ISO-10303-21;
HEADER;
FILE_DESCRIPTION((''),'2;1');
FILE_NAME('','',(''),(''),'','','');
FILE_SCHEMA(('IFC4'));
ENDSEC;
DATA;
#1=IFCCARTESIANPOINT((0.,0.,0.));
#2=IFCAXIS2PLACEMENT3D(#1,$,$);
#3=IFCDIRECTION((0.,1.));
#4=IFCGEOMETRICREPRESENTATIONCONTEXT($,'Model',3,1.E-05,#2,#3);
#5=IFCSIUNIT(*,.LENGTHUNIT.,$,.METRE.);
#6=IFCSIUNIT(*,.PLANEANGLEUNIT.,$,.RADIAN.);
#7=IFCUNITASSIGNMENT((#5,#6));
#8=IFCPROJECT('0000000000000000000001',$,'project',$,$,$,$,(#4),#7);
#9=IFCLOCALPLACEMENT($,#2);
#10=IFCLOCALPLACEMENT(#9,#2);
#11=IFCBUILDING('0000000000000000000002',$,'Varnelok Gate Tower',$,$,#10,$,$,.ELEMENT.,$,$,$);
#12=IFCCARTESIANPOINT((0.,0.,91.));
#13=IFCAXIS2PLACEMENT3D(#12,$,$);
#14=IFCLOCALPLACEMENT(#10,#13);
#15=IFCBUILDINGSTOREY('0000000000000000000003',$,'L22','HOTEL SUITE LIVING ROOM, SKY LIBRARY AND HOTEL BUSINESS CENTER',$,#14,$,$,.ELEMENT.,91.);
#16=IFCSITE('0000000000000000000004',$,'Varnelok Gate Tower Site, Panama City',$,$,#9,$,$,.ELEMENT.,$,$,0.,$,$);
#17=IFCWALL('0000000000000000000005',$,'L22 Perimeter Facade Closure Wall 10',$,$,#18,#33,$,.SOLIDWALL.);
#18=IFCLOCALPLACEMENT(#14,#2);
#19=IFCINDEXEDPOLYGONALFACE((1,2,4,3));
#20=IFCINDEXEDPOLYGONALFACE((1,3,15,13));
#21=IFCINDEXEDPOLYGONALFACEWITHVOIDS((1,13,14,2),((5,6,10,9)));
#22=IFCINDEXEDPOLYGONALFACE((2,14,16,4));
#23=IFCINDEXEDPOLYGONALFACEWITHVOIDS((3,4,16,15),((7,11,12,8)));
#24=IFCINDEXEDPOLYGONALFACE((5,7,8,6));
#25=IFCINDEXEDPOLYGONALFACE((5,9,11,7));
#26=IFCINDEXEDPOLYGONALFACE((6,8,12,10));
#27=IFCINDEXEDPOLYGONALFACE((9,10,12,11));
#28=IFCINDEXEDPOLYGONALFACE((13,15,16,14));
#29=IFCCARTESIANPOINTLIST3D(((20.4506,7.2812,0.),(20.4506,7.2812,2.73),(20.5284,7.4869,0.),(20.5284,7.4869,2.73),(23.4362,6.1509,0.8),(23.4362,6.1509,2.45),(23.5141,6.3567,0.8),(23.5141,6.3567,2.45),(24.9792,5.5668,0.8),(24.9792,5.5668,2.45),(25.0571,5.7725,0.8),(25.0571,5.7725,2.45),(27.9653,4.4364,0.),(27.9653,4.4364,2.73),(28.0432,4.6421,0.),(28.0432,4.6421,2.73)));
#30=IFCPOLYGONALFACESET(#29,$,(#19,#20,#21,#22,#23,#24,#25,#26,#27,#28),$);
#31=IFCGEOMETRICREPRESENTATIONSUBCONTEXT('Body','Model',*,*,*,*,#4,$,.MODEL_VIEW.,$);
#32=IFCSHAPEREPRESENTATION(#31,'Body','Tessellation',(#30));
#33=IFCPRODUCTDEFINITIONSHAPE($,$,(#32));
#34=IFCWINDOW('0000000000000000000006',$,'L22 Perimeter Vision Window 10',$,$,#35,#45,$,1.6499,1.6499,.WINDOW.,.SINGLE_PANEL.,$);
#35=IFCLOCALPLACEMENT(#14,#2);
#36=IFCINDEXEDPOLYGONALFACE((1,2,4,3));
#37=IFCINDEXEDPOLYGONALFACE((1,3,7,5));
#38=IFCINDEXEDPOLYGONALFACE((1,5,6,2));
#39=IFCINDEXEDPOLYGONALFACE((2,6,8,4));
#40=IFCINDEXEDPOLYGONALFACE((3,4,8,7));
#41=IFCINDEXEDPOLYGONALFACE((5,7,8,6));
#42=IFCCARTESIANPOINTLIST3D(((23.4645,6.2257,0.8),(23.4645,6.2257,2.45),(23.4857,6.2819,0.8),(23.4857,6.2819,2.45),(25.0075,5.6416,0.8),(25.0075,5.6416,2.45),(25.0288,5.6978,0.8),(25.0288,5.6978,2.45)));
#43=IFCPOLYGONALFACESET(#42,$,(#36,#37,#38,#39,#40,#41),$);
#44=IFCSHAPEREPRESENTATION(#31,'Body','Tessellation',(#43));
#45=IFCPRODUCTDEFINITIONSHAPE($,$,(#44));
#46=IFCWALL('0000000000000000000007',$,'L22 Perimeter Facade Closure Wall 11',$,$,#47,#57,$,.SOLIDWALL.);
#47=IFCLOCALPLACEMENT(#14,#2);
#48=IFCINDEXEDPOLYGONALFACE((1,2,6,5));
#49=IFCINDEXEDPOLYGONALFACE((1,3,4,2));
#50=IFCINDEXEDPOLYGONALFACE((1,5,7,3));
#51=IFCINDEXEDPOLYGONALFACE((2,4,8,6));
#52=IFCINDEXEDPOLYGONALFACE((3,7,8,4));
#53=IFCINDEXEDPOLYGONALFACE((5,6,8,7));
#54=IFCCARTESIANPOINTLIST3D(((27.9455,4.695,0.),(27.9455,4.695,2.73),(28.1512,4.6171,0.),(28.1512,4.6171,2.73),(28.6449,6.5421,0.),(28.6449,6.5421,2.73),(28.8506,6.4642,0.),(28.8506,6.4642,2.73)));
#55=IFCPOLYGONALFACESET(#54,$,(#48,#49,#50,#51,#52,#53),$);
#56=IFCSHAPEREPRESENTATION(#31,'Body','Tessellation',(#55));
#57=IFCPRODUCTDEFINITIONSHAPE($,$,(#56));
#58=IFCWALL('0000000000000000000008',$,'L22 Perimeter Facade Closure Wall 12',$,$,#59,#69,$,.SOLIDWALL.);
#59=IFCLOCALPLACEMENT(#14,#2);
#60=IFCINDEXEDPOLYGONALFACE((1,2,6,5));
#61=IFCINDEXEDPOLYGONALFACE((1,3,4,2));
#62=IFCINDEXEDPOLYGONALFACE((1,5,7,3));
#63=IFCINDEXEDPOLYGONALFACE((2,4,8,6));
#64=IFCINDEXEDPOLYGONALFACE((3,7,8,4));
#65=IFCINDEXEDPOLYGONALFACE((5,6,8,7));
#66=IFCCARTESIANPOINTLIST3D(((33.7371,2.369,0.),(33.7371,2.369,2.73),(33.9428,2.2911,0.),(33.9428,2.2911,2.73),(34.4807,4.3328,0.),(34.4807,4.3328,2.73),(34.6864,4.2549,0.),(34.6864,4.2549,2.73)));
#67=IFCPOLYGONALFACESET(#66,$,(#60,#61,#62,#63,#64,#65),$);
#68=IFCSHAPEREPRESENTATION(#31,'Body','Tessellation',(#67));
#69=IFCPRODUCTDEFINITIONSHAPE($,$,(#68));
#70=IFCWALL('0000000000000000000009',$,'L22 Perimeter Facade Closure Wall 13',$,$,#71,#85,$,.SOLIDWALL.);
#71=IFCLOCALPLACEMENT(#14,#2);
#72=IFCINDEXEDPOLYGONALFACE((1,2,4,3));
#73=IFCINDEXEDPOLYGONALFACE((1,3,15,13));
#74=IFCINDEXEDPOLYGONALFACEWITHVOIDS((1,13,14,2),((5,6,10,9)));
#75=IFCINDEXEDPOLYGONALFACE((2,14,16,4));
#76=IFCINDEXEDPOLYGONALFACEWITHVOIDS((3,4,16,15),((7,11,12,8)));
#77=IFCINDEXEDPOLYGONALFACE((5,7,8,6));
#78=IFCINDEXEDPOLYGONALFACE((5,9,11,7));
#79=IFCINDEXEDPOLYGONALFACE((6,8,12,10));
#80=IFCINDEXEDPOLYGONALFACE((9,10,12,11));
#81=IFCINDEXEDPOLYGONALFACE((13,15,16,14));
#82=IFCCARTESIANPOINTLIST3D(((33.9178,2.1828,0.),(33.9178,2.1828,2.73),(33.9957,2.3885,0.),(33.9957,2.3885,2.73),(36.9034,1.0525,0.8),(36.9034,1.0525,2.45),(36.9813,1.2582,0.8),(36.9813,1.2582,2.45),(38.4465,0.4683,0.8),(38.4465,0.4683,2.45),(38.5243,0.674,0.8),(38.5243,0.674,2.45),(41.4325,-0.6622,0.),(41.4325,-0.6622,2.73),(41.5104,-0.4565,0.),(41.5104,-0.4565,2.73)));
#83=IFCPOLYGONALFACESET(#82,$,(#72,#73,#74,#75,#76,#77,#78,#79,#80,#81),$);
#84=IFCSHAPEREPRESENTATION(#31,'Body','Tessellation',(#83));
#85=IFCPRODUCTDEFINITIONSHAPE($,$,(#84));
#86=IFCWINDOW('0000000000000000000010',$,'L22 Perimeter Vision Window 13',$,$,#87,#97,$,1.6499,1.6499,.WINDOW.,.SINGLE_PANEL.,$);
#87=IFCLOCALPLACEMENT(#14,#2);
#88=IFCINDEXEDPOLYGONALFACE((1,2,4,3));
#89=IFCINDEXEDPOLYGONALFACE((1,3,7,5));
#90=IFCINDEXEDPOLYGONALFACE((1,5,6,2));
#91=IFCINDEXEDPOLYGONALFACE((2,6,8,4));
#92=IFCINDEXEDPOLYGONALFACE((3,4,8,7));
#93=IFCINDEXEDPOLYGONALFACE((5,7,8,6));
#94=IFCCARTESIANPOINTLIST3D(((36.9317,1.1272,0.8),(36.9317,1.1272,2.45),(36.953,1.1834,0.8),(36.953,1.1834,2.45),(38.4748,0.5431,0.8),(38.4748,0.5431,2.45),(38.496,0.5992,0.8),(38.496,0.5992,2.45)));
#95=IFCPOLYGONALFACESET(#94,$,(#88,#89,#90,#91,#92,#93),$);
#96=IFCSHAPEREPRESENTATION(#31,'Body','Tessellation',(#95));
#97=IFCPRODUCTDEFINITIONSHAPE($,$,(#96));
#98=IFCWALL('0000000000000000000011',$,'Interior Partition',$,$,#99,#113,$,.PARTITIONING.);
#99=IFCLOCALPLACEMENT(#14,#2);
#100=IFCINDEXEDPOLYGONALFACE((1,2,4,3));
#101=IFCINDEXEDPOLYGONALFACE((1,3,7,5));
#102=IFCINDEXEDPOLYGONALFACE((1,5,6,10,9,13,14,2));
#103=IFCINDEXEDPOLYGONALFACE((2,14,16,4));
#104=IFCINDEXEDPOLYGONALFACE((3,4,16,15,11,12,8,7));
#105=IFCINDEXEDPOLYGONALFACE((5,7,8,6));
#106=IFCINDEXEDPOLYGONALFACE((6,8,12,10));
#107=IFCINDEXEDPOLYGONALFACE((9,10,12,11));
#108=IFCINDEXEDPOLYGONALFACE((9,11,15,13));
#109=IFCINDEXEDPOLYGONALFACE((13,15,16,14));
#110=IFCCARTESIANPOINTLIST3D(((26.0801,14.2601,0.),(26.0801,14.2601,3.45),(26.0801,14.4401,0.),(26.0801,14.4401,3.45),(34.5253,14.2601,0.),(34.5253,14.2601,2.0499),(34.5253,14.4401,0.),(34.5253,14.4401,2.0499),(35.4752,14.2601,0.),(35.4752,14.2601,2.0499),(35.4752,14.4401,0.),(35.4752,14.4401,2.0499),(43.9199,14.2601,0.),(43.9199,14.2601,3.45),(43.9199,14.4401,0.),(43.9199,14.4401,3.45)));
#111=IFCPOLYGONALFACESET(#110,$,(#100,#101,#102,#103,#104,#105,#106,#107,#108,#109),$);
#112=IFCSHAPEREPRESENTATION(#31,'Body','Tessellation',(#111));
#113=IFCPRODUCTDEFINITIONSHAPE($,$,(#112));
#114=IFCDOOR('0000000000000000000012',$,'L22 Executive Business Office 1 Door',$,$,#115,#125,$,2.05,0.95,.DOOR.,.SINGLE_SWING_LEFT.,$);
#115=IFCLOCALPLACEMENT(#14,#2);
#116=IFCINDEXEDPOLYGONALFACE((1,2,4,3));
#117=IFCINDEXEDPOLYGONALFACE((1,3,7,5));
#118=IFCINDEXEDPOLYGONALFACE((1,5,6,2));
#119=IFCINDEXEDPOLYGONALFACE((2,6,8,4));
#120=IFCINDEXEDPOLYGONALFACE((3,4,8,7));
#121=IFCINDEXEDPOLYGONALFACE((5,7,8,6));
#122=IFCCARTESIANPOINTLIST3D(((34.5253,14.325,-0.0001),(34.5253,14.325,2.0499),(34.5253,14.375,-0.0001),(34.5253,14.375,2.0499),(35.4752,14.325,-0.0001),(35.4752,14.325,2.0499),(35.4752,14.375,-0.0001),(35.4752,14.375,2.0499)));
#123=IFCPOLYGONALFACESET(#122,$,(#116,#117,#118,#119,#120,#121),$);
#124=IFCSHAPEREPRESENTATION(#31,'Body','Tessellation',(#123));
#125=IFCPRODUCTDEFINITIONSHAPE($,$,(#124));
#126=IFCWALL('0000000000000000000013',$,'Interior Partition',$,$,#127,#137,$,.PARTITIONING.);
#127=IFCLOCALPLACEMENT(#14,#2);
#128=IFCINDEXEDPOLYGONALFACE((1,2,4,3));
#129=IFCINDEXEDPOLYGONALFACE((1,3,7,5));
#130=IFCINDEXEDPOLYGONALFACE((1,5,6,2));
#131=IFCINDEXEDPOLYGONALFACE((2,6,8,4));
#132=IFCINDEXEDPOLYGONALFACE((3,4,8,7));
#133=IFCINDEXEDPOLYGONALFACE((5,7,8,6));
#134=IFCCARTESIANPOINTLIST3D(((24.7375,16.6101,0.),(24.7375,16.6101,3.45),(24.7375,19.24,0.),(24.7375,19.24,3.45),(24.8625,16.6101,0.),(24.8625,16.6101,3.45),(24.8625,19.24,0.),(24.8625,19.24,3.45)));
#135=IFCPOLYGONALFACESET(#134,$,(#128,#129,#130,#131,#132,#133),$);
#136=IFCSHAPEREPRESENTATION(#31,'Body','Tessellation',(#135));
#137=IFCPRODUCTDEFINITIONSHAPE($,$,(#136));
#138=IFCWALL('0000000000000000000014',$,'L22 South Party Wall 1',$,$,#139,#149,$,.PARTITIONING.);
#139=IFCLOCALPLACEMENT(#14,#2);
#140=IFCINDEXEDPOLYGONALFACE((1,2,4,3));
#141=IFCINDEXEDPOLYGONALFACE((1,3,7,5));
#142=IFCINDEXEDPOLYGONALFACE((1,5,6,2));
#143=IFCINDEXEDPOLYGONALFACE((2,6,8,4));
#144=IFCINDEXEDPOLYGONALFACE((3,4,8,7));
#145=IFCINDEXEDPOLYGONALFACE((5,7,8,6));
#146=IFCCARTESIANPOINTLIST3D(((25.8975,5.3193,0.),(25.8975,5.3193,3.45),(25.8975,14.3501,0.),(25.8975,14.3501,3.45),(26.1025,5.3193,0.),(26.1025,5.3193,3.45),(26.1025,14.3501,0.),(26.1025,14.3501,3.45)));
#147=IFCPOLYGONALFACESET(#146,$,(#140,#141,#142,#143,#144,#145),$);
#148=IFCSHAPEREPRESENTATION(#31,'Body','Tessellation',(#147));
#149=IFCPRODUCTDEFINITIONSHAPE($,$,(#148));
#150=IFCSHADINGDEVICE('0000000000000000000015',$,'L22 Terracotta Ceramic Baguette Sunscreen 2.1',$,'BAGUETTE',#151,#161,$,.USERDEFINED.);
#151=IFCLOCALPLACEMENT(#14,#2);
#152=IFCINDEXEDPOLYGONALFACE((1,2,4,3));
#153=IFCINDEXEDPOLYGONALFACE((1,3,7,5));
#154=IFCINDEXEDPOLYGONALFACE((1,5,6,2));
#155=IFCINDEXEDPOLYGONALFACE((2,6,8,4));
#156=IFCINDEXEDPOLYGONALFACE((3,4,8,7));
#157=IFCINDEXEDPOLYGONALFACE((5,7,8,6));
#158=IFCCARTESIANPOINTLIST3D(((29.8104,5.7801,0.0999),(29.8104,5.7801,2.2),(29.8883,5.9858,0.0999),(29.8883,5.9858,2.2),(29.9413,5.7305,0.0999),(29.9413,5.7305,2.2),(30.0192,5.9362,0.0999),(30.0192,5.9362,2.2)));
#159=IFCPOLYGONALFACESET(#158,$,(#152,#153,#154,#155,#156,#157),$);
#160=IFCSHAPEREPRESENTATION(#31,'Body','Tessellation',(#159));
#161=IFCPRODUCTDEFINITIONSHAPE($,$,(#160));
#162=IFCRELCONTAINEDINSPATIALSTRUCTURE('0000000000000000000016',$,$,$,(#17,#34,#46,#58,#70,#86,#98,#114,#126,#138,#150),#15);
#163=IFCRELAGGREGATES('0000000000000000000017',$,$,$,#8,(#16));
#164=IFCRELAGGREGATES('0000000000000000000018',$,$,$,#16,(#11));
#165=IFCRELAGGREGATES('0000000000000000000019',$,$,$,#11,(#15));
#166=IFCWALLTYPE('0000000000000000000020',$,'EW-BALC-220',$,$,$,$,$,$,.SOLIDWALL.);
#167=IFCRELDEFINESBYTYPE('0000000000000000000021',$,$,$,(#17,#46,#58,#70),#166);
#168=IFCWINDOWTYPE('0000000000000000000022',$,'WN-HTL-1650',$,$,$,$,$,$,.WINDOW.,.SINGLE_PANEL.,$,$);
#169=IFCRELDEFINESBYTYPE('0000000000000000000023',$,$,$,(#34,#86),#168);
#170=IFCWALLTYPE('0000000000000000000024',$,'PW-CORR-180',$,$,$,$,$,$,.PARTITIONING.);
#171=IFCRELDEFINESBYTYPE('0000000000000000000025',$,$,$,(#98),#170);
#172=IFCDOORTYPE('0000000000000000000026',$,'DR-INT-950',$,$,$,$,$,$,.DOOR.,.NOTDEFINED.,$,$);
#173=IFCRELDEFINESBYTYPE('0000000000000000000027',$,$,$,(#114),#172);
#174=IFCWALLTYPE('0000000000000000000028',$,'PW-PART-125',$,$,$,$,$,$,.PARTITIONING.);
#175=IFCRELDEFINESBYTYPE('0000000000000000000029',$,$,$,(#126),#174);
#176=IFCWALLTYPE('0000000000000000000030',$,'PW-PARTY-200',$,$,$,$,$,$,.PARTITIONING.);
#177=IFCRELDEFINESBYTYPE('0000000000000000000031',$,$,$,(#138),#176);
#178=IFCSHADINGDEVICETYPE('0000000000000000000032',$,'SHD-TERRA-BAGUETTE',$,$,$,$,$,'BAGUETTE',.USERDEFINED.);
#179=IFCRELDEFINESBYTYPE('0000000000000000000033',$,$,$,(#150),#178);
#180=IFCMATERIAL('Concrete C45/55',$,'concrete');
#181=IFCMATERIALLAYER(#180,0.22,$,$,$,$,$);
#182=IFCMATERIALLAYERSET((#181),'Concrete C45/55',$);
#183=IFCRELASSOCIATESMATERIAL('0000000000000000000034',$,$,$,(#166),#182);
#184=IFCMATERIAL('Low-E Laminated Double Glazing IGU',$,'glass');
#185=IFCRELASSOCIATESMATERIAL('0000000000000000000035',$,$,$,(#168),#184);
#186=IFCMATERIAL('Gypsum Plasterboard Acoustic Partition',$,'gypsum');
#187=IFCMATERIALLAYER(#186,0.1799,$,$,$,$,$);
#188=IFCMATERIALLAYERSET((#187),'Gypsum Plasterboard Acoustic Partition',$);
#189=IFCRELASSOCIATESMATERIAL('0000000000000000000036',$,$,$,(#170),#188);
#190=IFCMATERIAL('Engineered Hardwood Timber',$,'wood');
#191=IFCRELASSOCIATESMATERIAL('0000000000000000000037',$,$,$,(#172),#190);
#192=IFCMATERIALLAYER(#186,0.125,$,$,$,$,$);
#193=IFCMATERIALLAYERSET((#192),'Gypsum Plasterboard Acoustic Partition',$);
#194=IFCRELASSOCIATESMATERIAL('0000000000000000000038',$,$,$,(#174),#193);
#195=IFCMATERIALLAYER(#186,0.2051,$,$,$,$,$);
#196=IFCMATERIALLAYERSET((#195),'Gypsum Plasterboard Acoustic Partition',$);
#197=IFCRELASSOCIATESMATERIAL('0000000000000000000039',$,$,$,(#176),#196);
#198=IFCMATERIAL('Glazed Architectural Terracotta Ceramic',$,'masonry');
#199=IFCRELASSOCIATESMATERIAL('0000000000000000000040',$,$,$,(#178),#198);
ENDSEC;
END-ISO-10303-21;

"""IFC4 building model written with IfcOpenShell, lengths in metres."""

from ifc_helpers import new_model, si_unit, direction, frame, frame_2d, origin, origin_2d, place, context, subcontext, project, spatial, rectangle, extrude, source, transform, mapped, material, layer, layer_set, type_object, element, fill, save


model = new_model("IFC4")

# Units and contexts
model_context = context("Model", 3, precision=1e-05, world=origin(), true_north=direction((0.0, 1.0)))
body_context = subcontext(model_context, "Body", "Model", "MODEL_VIEW")
ifc_project = project(units=[si_unit("LENGTHUNIT", "METRE"), si_unit("PLANEANGLEUNIT", "RADIAN")], contexts=[model_context])

# Site, building, storey
site_placement = place(None, origin())
site = spatial("IfcSite", under=ifc_project, at=site_placement, Name="Varnelok Gate Tower Site, Panama City", CompositionType="ELEMENT", RefElevation=0.0)
building_placement = place(site_placement, origin())
building = spatial("IfcBuilding", under=site, at=building_placement, Name="Varnelok Gate Tower", CompositionType="ELEMENT")
storey_placement = place(building_placement, frame((0.0, 0.0, 91.0)))
storey = spatial("IfcBuildingStorey", under=building, at=storey_placement, Name="L22", Description="HOTEL SUITE LIVING ROOM, SKY LIBRARY AND HOTEL BUSINESS CENTER", CompositionType="ELEMENT", Elevation=91.0)

# Shared definitions
ifc_material_1 = material(Name="Concrete C45/55", Category="concrete")
ifc_layer_1 = layer(ifc_material_1, 0.22)
ifc_layer_set_1 = layer_set([ifc_layer_1], Name="Concrete C45/55")
wall_type_1 = type_object("IfcWallType", Name="EW-BALC-220", PredefinedType="SOLIDWALL", material=ifc_layer_set_1)

# Wall, opening, window
wall_1_placement = place(storey_placement, frame((20.4895, 7.384, 0.0), z_axis=(0.0, 0.0, 1.0), x_axis=(0.935231, -0.354039, 0.0)))
wall_1 = element("IfcWall", 1, at=wall_1_placement, inside=storey, type_object=wall_type_1, Name="L22 Perimeter Facade Closure Wall 10", PredefinedType="SOLIDWALL", context=body_context, shape_type="SweptSolid", body=[
    extrude(rectangle(XDim=8.0352, YDim=0.22, at=frame_2d((4.0176, 0.0))), origin(), (0.0, 0.0, 1.0), 2.73),
])
opening_1_placement = place(wall_1_placement, frame((3.1924, 0.0, 0.8)))
opening_1 = element("IfcOpeningElement", 2, at=opening_1_placement, cuts=wall_1, PredefinedType="OPENING", context=body_context, shape_type="SweptSolid", body=[
    extrude(rectangle(XDim=1.6499, YDim=1.6499, at=frame_2d((0.825, 0.825))), frame((0.0, 0.1199, 0.0), z_axis=(0.0, -1.0, 0.0), x_axis=(1.0, 0.0, 0.0)), (0.0, 0.0, 1.0), 0.24),
])
ifc_material_2 = material(Name="Low-E Laminated Double Glazing IGU", Category="glass")
window_type = type_object("IfcWindowType", Name="WN-HTL-1650", PartitioningType="SINGLE_PANEL", PredefinedType="WINDOW", material=ifc_material_2)
window_1_placement = place(opening_1_placement, origin())
window_1 = element("IfcWindow", 3, at=window_1_placement, inside=storey, type_object=window_type, Name="L22 Perimeter Vision Window 10", OverallHeight=1.6499, OverallWidth=1.6499, PartitioningType="SINGLE_PANEL", PredefinedType="WINDOW", context=body_context, shape_type="SweptSolid", body=[
    extrude(rectangle(XDim=1.6499, YDim=1.6499, at=frame_2d((0.825, 0.825))), frame((0.0, 0.03, 0.0), z_axis=(0.0, -1.0, 0.0), x_axis=(1.0, 0.0, 0.0)), (0.0, 0.0, 1.0), 0.0601),
])
fill(opening_1, window_1)

# Walls
wall_2_placement = place(storey_placement, frame((28.0483, 4.656, 0.0), z_axis=(0.0, 0.0, 1.0), x_axis=(0.354129, 0.935197, 0.0)))
element("IfcWall", 4, at=wall_2_placement, inside=storey, type_object=wall_type_1, Name="L22 Perimeter Facade Closure Wall 11", PredefinedType="SOLIDWALL", context=body_context, shape_type="SweptSolid", body=[
    extrude(rectangle(XDim=1.9751, YDim=0.22, at=frame_2d((0.9875, 0.0))), origin(), (0.0, 0.0, 1.0), 2.73),
])
wall_3_placement = place(storey_placement, frame((34.5835, 4.2937, 0.0), z_axis=(0.0, 0.0, 1.0), x_axis=(-0.354128, -0.935197, 0.0)))
element("IfcWall", 5, at=wall_3_placement, inside=storey, type_object=wall_type_1, Name="L22 Perimeter Facade Closure Wall 12", PredefinedType="SOLIDWALL", context=body_context, shape_type="SweptSolid", body=[
    extrude(rectangle(XDim=2.0999, YDim=0.22, at=frame_2d((1.0498, 0.0))), origin(), (0.0, 0.0, 1.0), 2.73),
])

# Wall, opening, window
wall_4_placement = place(storey_placement, frame((33.9568, 2.2856, 0.0), z_axis=(0.0, 0.0, 1.0), x_axis=(0.935221, -0.354065, 0.0)))
wall_4 = element("IfcWall", 6, at=wall_4_placement, inside=storey, type_object=wall_type_1, Name="L22 Perimeter Facade Closure Wall 13", PredefinedType="SOLIDWALL", context=body_context, shape_type="SweptSolid", body=[
    extrude(rectangle(XDim=8.0352, YDim=0.22, at=frame_2d((4.0176, 0.0))), origin(), (0.0, 0.0, 1.0), 2.73),
])
opening_2_placement = place(wall_4_placement, frame((3.1924, 0.0, 0.8)))
opening_2 = element("IfcOpeningElement", 7, at=opening_2_placement, cuts=wall_4, PredefinedType="OPENING", context=body_context, shape_type="SweptSolid", body=[
    extrude(rectangle(XDim=1.6499, YDim=1.6499, at=frame_2d((0.825, 0.825))), frame((0.0, 0.1199, 0.0), z_axis=(0.0, -1.0, 0.0), x_axis=(1.0, 0.0, 0.0)), (0.0, 0.0, 1.0), 0.24),
])
window_2_placement = place(opening_2_placement, origin())
window_2 = element("IfcWindow", 8, at=window_2_placement, inside=storey, type_object=window_type, Name="L22 Perimeter Vision Window 13", OverallHeight=1.6499, OverallWidth=1.6499, PartitioningType="SINGLE_PANEL", PredefinedType="WINDOW", context=body_context, shape_type="SweptSolid", body=[
    extrude(rectangle(XDim=1.6499, YDim=1.6499, at=frame_2d((0.825, 0.825))), frame((0.0, 0.03, 0.0), z_axis=(0.0, -1.0, 0.0), x_axis=(1.0, 0.0, 0.0)), (0.0, 0.0, 1.0), 0.0601),
])
fill(opening_2, window_2)

# Wall, opening, door
ifc_material_3 = material(Name="Gypsum Plasterboard Acoustic Partition", Category="gypsum")
ifc_layer_2 = layer(ifc_material_3, 0.1799)
ifc_layer_set_2 = layer_set([ifc_layer_2], Name="Gypsum Plasterboard Acoustic Partition")
wall_type_2 = type_object("IfcWallType", Name="PW-CORR-180", PredefinedType="PARTITIONING", material=ifc_layer_set_2)
wall_5_placement = place(storey_placement, frame((26.0801, 14.3501, 0.0), z_axis=(0.0, 0.0, 1.0), x_axis=(1.0, 0.0, 0.0)))
wall_5 = element("IfcWall", 9, at=wall_5_placement, inside=storey, type_object=wall_type_2, Name="Interior Partition", PredefinedType="PARTITIONING", context=body_context, shape_type="SweptSolid", body=[
    extrude(rectangle(XDim=17.8398, YDim=0.1799, at=frame_2d((8.9199, 0.0))), origin(), (0.0, 0.0, 1.0), 3.45),
])
opening_3_placement = place(wall_5_placement, frame((8.4451, 0.0, 0.0)))
opening_3 = element("IfcOpeningElement", 10, at=opening_3_placement, cuts=wall_5, PredefinedType="OPENING", context=body_context, shape_type="SweptSolid", body=[
    extrude(rectangle(XDim=0.95, YDim=2.05, at=frame_2d((0.4751, 1.0249))), frame((0.0, 0.0999, 0.0), z_axis=(0.0, -1.0, 0.0), x_axis=(1.0, 0.0, 0.0)), (0.0, 0.0, 1.0), 0.2),
])
ifc_material_4 = material(Name="Engineered Hardwood Timber", Category="wood")
door_type_1 = type_object("IfcDoorType", Name="DR-INT-950", OperationType="NOTDEFINED", PredefinedType="DOOR", material=ifc_material_4)
door_1_placement = place(opening_3_placement, origin())
door_1 = element("IfcDoor", 11, at=door_1_placement, inside=storey, type_object=door_type_1, Name="L22 Executive Business Office 1 Door", OperationType="SINGLE_SWING_LEFT", OverallHeight=2.05, OverallWidth=0.95, PredefinedType="DOOR", context=body_context, shape_type="SweptSolid", body=[
    extrude(rectangle(XDim=0.95, YDim=2.05, at=frame_2d((0.4751, 1.0249))), frame((0.0, 0.0249, 0.0), z_axis=(0.0, -1.0, 0.0), x_axis=(1.0, 0.0, 0.0)), (0.0, 0.0, 1.0), 0.05),
])
fill(opening_3, door_1)

# Walls
ifc_layer_3 = layer(ifc_material_3, 0.125)
ifc_layer_set_3 = layer_set([ifc_layer_3], Name="Gypsum Plasterboard Acoustic Partition")
wall_type_3 = type_object("IfcWallType", Name="PW-PART-125", PredefinedType="PARTITIONING", material=ifc_layer_set_3)
wall_6_placement = place(storey_placement, frame((24.8, 16.6101, 0.0), z_axis=(0.0, 0.0, 1.0), x_axis=(0.0, 1.0, 0.0)))
element("IfcWall", 12, at=wall_6_placement, inside=storey, type_object=wall_type_3, Name="Interior Partition", PredefinedType="PARTITIONING", context=body_context, shape_type="SweptSolid", body=[
    extrude(rectangle(XDim=2.6299, YDim=0.125, at=frame_2d((1.3149, 0.0))), origin(), (0.0, 0.0, 1.0), 3.45),
])
ifc_layer_4 = layer(ifc_material_3, 0.2051)
ifc_layer_set_4 = layer_set([ifc_layer_4], Name="Gypsum Plasterboard Acoustic Partition")
wall_type_4 = type_object("IfcWallType", Name="PW-PARTY-200", PredefinedType="PARTITIONING", material=ifc_layer_set_4)
wall_7_placement = place(storey_placement, frame((26.0, 5.3193, 0.0), z_axis=(0.0, 0.0, 1.0), x_axis=(0.0, 1.0, 0.0)))
element("IfcWall", 13, at=wall_7_placement, inside=storey, type_object=wall_type_4, Name="L22 South Party Wall 1", PredefinedType="PARTITIONING", context=body_context, shape_type="SweptSolid", body=[
    extrude(rectangle(XDim=9.0308, YDim=0.2051, at=frame_2d((4.5154, 0.0))), origin(), (0.0, 0.0, 1.0), 3.45),
])

# Shading device
ifc_material_5 = material(Name="Glazed Architectural Terracotta Ceramic", Category="masonry")
shading_device_type = type_object("IfcShadingDeviceType", Name="SHD-TERRA-BAGUETTE", ElementType="BAGUETTE", PredefinedType="USERDEFINED", material=ifc_material_5)
shared_shape_1 = source(origin(), body_context, "Body", "SweptSolid", [
    extrude(rectangle(XDim=0.1399, YDim=0.22, at=origin_2d()), origin(), (0.0, 0.0, 1.0), 2.1001),
])
shading_device_placement = place(storey_placement, frame((29.9148, 5.8582, 0.0999), z_axis=(0.0, 0.0, 1.0), x_axis=(0.935222, -0.354063, 0.0)))
element("IfcShadingDevice", 14, at=shading_device_placement, inside=storey, type_object=shading_device_type, Name="L22 Terracotta Ceramic Baguette Sunscreen 2.1", ObjectType="BAGUETTE", PredefinedType="USERDEFINED", context=body_context, shape_type="MappedRepresentation", body=[
    mapped(shared_shape_1, transform((0.0, 0.0, 0.0), scale=1.0)),
])

save(model, "model.ifc")
